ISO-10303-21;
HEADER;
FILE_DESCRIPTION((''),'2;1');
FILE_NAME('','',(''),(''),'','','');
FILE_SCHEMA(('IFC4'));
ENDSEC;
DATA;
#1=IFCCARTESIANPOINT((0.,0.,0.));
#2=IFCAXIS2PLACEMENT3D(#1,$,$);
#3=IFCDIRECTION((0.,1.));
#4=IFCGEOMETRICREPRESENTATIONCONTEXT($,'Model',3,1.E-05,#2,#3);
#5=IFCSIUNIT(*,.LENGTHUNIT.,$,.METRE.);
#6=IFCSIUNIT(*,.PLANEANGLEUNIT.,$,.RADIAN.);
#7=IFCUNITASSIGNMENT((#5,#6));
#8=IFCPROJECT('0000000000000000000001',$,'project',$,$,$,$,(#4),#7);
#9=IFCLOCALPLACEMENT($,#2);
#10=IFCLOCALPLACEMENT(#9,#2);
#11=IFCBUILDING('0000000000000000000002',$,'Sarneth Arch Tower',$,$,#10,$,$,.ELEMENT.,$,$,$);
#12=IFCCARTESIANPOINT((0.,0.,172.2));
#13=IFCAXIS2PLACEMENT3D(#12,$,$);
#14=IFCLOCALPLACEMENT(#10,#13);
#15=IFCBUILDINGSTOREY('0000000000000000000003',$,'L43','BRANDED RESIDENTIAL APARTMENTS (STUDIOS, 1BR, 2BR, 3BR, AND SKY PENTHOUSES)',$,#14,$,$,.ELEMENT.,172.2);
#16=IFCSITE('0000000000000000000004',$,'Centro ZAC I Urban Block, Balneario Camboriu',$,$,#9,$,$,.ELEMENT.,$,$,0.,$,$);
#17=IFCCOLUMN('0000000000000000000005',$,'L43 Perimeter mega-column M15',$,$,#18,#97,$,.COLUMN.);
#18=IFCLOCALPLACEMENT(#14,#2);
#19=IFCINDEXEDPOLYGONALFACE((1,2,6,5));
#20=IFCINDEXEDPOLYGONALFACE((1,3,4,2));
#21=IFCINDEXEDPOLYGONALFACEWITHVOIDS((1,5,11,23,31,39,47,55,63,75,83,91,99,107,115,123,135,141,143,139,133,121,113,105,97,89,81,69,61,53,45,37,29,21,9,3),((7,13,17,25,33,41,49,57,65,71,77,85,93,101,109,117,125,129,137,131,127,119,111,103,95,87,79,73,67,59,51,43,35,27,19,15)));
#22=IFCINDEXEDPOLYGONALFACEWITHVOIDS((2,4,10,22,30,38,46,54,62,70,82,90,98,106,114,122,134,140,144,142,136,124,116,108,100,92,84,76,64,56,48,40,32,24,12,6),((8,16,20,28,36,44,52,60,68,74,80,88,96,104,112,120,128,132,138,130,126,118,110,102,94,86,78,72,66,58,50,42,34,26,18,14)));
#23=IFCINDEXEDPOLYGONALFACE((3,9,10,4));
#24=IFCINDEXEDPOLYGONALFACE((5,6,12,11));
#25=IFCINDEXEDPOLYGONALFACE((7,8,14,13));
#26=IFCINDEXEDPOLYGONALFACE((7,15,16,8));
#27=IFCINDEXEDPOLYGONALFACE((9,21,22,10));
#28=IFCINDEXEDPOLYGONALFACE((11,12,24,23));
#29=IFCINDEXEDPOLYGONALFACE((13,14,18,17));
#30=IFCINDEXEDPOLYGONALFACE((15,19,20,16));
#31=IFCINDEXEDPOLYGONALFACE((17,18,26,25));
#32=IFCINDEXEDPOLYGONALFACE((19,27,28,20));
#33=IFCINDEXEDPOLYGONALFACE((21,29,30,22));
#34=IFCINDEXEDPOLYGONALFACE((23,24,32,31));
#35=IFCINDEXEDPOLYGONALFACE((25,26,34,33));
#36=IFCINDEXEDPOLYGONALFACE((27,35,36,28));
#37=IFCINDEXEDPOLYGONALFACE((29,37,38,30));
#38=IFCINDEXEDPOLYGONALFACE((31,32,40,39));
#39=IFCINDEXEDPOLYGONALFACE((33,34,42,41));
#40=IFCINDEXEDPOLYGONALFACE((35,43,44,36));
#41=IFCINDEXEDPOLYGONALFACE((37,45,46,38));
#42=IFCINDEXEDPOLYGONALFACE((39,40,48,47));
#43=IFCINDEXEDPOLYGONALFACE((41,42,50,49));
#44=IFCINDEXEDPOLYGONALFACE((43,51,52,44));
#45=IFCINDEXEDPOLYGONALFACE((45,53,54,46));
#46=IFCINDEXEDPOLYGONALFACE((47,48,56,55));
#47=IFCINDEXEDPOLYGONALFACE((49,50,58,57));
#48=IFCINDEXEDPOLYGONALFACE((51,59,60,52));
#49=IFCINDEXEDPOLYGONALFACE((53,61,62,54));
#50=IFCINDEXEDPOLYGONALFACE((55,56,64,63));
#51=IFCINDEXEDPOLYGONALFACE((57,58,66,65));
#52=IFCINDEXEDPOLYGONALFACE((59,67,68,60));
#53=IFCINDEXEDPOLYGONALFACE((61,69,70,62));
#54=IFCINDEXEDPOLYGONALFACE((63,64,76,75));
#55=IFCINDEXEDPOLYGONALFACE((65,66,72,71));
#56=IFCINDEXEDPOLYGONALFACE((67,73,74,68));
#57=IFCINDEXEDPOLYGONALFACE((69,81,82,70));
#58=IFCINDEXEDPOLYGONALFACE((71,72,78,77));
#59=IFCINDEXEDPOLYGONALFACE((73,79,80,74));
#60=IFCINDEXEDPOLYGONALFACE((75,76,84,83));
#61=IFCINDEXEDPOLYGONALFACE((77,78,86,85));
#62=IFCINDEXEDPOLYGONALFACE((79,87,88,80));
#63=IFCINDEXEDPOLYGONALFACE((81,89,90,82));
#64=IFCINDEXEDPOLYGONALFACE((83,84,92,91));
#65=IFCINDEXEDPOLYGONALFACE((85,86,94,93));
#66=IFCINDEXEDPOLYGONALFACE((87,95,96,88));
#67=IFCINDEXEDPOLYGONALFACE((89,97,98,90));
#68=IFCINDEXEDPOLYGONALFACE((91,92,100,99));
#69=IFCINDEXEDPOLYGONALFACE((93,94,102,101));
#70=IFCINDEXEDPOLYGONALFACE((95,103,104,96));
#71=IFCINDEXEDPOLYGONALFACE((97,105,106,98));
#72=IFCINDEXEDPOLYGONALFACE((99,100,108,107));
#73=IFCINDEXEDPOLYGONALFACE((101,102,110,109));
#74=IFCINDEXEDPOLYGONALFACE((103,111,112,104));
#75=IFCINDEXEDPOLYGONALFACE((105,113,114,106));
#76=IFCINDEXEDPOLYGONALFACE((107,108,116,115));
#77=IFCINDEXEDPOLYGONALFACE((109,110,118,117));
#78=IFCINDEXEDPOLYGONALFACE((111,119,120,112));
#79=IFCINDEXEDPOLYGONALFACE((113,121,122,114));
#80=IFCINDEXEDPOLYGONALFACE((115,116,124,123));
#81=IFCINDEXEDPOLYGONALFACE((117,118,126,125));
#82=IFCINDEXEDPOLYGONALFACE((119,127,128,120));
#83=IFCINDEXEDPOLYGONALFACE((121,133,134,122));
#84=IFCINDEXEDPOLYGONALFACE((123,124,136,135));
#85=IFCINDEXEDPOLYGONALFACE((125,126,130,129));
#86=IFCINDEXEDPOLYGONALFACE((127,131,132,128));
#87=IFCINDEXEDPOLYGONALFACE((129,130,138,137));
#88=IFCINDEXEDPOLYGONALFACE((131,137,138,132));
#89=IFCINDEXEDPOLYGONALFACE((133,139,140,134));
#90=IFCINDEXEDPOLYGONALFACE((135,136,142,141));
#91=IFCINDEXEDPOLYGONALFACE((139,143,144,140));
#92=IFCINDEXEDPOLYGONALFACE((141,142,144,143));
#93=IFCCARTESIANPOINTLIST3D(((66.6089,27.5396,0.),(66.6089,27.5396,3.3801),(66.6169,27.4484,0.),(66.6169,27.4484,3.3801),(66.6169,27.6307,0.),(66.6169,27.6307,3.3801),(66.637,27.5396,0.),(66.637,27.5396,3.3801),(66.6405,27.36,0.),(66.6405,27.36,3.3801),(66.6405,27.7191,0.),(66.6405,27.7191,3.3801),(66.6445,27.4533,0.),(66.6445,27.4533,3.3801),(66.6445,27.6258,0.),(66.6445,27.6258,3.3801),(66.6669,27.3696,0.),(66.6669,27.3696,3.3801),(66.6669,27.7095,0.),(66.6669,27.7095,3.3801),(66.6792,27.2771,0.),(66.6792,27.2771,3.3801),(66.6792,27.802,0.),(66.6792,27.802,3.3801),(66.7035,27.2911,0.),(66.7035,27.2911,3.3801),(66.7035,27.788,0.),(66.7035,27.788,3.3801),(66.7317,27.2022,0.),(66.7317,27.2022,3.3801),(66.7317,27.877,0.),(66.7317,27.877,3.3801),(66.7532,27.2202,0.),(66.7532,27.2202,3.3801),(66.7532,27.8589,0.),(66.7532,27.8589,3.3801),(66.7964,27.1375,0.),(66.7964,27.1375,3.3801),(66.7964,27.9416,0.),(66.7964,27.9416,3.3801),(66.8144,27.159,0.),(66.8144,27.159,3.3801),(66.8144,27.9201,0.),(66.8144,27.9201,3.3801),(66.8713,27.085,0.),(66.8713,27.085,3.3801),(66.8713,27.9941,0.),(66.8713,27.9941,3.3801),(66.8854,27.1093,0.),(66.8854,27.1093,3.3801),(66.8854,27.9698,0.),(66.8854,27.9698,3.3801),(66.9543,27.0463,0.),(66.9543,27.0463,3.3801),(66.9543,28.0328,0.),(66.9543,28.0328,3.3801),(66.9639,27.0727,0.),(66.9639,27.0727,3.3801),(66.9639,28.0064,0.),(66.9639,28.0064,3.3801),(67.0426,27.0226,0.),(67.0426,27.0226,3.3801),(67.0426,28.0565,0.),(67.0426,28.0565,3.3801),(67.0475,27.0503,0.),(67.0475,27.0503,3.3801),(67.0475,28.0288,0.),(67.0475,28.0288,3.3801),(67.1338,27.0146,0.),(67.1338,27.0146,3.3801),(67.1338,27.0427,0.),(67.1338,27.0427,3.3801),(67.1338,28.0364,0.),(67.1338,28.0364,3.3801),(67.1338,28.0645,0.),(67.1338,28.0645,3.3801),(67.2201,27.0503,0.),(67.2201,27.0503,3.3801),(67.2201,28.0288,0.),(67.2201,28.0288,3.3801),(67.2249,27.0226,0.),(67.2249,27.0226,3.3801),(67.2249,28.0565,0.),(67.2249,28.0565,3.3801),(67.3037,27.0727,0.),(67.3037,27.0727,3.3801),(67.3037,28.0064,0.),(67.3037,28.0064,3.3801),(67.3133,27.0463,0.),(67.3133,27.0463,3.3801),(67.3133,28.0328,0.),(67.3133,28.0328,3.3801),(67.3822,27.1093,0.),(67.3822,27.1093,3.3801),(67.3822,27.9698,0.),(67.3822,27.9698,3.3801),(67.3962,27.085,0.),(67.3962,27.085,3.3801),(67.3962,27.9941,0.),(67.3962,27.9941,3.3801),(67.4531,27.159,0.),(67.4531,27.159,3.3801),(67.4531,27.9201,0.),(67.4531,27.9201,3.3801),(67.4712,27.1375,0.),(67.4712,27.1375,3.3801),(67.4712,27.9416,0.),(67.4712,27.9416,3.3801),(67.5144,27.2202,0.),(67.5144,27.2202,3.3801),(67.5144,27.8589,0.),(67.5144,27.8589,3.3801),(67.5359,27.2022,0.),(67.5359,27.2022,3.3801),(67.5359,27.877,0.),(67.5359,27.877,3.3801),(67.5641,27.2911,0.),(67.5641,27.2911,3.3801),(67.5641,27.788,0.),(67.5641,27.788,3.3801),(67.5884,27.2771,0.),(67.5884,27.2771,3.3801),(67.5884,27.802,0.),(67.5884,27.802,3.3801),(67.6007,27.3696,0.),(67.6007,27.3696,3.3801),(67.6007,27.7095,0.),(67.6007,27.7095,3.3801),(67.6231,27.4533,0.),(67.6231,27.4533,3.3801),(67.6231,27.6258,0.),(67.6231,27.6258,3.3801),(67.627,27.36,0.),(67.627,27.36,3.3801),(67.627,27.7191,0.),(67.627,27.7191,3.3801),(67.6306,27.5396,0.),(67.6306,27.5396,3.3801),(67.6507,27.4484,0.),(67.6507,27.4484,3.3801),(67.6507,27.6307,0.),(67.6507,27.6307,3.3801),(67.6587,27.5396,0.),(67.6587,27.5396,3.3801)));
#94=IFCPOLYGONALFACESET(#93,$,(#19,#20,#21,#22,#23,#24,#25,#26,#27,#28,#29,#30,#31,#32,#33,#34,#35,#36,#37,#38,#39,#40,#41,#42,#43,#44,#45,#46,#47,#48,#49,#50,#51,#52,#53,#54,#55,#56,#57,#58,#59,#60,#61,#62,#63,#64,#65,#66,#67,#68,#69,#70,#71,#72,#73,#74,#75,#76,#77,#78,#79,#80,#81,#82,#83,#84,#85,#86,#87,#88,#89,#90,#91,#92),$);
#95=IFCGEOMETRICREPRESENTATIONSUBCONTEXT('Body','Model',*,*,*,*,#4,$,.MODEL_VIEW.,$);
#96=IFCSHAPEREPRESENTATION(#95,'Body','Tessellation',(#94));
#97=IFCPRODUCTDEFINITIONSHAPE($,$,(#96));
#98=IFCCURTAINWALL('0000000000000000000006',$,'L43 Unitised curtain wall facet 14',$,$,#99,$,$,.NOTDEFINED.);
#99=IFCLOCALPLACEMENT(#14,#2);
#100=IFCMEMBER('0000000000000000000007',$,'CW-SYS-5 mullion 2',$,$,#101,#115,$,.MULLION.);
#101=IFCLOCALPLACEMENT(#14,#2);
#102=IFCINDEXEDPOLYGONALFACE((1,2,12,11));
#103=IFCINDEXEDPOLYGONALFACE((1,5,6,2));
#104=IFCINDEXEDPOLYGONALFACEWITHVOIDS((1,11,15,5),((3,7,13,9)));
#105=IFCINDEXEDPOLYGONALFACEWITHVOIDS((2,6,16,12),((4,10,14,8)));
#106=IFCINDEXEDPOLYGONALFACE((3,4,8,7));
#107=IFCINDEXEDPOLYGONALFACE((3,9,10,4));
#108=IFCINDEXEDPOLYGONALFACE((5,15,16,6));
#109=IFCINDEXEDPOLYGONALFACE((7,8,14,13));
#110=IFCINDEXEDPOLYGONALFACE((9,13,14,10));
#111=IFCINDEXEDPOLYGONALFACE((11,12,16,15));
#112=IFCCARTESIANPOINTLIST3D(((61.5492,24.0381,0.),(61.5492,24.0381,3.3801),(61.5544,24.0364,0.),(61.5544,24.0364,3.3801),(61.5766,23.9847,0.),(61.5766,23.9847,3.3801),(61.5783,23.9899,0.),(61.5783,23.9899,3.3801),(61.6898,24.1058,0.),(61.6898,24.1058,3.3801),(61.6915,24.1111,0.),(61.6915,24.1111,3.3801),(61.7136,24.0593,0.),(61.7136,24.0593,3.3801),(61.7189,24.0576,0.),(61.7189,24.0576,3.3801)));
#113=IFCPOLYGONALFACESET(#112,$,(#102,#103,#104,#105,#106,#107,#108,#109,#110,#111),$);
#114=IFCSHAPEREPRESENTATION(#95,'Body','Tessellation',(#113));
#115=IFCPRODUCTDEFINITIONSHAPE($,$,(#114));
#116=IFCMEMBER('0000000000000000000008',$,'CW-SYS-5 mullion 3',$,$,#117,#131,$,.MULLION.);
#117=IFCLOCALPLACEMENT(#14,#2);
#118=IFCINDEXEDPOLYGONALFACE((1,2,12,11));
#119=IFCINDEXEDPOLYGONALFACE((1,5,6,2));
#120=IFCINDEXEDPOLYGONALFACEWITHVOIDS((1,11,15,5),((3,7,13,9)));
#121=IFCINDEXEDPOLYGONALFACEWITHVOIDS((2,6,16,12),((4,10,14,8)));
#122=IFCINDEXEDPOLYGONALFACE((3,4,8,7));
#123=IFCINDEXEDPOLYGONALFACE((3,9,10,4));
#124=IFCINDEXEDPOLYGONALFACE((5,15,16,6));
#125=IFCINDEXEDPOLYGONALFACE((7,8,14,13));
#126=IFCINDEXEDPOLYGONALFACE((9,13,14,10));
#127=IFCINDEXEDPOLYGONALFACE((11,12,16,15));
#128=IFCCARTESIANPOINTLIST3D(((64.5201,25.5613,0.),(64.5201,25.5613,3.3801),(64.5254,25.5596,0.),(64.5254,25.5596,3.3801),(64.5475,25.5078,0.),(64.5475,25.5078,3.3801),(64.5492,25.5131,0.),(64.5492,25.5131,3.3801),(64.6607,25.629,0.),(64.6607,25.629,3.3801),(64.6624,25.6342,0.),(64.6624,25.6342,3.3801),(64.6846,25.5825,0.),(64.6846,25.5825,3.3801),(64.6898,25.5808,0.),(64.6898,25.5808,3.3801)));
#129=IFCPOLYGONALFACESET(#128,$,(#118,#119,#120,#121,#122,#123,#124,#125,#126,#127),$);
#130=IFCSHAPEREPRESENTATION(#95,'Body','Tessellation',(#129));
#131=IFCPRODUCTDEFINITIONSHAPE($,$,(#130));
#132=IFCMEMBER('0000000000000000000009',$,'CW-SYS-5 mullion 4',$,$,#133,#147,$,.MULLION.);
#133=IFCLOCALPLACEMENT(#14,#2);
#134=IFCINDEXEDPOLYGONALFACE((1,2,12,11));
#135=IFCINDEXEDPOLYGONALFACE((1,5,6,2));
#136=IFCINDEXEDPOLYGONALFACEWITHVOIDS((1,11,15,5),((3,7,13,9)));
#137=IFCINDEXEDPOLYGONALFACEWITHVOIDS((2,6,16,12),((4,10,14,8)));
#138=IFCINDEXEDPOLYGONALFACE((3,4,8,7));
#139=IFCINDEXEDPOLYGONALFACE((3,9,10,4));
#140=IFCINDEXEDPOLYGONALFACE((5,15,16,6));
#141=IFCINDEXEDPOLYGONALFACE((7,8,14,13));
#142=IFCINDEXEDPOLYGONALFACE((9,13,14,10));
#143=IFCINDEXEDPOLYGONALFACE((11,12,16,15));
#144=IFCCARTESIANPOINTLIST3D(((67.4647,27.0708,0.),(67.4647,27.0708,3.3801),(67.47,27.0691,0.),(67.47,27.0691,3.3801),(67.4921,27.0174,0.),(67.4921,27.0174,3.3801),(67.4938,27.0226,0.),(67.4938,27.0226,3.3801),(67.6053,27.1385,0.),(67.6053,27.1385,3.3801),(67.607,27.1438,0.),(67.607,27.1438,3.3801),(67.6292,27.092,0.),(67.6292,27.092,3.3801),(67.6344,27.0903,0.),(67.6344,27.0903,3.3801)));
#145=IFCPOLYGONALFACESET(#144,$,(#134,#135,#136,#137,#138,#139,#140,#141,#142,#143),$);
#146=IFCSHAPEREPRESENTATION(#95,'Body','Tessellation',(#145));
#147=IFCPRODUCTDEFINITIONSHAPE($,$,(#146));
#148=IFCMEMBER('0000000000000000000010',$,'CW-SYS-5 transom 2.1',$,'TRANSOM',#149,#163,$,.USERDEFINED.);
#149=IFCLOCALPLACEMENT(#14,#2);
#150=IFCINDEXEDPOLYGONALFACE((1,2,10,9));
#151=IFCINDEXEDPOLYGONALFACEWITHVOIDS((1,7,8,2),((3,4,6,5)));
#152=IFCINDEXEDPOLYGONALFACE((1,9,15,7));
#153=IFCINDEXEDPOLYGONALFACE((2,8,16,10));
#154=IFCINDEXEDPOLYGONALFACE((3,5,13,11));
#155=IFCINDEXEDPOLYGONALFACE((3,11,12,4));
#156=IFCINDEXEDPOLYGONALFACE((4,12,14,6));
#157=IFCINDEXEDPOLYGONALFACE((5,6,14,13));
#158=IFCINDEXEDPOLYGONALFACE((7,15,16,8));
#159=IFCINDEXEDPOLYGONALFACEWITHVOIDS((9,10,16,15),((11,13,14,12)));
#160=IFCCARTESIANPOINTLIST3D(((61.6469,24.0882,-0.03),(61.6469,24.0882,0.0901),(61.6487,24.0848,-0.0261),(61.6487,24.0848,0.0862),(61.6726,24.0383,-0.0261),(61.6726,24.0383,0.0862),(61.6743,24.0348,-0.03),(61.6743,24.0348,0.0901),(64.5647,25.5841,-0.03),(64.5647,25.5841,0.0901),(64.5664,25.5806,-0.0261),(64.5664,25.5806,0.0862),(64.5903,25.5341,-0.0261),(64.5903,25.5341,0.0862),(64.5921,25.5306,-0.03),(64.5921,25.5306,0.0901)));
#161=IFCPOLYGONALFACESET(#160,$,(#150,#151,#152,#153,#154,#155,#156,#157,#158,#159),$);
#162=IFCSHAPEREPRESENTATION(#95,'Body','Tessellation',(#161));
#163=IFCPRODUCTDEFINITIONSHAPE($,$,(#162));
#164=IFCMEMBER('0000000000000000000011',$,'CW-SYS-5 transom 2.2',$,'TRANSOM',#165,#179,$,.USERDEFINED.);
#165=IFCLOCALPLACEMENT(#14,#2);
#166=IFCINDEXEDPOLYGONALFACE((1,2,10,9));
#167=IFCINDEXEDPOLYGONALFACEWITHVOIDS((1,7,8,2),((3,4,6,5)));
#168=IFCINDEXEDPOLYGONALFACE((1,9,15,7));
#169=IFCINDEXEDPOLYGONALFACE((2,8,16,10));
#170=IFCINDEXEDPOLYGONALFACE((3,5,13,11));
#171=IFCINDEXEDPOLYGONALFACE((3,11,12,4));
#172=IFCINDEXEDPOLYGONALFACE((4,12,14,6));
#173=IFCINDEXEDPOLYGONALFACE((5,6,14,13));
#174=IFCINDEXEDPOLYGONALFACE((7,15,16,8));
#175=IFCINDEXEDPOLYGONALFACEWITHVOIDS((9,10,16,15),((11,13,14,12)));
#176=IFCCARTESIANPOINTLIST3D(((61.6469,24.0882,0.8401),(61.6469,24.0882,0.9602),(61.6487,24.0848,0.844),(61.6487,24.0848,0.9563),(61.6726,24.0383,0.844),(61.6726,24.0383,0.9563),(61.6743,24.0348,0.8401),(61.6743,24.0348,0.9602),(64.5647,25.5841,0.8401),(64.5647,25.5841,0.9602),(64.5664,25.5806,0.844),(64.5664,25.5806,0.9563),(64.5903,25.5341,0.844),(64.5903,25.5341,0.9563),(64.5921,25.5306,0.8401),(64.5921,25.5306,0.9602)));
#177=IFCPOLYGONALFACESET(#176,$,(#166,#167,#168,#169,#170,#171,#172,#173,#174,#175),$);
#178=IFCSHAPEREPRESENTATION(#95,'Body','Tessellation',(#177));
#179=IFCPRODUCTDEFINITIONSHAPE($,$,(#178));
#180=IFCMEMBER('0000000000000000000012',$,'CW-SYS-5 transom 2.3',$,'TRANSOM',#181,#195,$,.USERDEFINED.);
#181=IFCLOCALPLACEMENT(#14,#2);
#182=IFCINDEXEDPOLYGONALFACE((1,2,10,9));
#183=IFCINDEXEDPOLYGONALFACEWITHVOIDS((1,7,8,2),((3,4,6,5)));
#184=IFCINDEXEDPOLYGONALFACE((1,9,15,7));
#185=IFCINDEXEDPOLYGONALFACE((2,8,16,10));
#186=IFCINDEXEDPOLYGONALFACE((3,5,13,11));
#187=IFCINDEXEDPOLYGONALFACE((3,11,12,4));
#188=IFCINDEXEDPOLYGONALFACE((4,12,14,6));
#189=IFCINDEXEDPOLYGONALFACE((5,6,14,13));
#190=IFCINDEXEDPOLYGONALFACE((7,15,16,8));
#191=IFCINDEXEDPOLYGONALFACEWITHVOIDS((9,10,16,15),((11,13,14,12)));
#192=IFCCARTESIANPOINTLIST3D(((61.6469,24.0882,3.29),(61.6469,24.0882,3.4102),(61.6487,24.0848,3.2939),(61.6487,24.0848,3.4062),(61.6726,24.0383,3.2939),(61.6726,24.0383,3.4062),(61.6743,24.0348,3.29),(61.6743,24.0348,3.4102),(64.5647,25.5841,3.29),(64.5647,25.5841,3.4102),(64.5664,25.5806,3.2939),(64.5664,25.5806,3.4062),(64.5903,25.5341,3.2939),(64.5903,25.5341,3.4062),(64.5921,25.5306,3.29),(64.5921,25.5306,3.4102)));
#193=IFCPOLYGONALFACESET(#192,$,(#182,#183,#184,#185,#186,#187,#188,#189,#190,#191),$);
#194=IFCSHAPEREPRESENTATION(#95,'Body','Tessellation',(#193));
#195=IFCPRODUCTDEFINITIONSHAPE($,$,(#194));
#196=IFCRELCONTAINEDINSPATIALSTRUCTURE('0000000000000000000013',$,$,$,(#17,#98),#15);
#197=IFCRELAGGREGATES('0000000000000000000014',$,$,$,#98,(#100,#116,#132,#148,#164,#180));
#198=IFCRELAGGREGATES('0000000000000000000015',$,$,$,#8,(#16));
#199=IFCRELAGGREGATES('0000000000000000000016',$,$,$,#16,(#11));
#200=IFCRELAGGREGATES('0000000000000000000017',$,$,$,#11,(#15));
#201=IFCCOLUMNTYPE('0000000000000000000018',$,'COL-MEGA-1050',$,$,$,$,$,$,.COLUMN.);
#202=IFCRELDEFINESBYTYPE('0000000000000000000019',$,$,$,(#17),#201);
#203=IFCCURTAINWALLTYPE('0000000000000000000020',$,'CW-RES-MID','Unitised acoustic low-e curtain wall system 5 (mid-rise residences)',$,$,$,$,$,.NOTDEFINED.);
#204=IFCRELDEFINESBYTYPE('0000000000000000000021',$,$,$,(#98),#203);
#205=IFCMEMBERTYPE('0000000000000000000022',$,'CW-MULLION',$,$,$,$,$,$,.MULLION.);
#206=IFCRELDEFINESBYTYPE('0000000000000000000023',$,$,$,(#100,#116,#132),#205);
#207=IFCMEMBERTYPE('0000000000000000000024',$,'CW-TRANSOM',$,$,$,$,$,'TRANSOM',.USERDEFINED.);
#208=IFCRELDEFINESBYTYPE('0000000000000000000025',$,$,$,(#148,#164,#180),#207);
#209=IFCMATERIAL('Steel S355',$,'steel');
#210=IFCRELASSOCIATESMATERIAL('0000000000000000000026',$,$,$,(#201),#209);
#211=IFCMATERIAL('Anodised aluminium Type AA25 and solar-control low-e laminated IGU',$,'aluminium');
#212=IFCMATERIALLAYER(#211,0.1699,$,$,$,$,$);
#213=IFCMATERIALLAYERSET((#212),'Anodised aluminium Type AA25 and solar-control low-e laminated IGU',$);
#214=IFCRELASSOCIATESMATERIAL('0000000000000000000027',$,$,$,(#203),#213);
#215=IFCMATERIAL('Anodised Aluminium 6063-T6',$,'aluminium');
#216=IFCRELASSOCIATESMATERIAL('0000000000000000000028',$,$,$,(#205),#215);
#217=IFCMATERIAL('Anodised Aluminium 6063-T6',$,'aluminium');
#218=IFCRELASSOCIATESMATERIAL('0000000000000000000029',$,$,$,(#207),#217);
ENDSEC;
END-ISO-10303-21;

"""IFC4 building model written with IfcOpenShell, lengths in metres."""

from ifc_helpers import new_model, si_unit, direction, frame, origin, origin_2d, place, context, subcontext, project, spatial, hollow_rectangle, hollow_circle, extrude, material, layer, layer_set, material_profile, profile_set, type_object, element, aggregate, save


model = new_model("IFC4")

# Units and contexts
model_context = context("Model", 3, precision=1e-05, world=origin(), true_north=direction((0.0, 1.0)))
body_context = subcontext(model_context, "Body", "Model", "MODEL_VIEW")
ifc_project = project(units=[si_unit("LENGTHUNIT", "METRE"), si_unit("PLANEANGLEUNIT", "RADIAN")], contexts=[model_context])

# Site, building, storey
site_placement = place(None, origin())
site = spatial("IfcSite", under=ifc_project, at=site_placement, Name="Centro ZAC I Urban Block, Balneario Camboriu", CompositionType="ELEMENT", RefElevation=0.0)
building_placement = place(site_placement, origin())
building = spatial("IfcBuilding", under=site, at=building_placement, Name="Sarneth Arch Tower", CompositionType="ELEMENT")
storey_placement = place(building_placement, frame((0.0, 0.0, 172.2)))
storey = spatial("IfcBuildingStorey", under=building, at=storey_placement, Name="L43", Description="BRANDED RESIDENTIAL APARTMENTS (STUDIOS, 1BR, 2BR, 3BR, AND SKY PENTHOUSES)", CompositionType="ELEMENT", Elevation=172.2)

# Column
ifc_material_1 = material(Name="Steel S355", Category="steel")
ifc_material_profile_1 = material_profile(ifc_material_1, hollow_circle(Radius=0.5249, WallThickness=0.0281, at=origin_2d()), Name="CHS1050x28")
ifc_profile_set_1 = profile_set([ifc_material_profile_1], Name="Steel S355")
column_type = type_object("IfcColumnType", Name="COL-MEGA-1050", PredefinedType="COLUMN", material=ifc_profile_set_1)
column_placement = place(storey_placement, frame((67.1338, 27.5396, 0.0), z_axis=(0.0, 0.0, 1.0), x_axis=(1.0, 0.0, 0.0)))
element("IfcColumn", 1, at=column_placement, inside=storey, type_object=column_type, Name="L43 Perimeter mega-column M15", PredefinedType="COLUMN", context=body_context, shape_type="SweptSolid", body=[
    extrude(hollow_circle(Radius=0.5249, WallThickness=0.0281, at=origin_2d()), origin(), (0.0, 0.0, 1.0), 3.3801),
])

# Curtain wall, members
ifc_material_2 = material(Name="Anodised aluminium Type AA25 and solar-control low-e laminated IGU", Category="aluminium")
ifc_layer_1 = layer(ifc_material_2, 0.1699)
ifc_layer_set_1 = layer_set([ifc_layer_1], Name="Anodised aluminium Type AA25 and solar-control low-e laminated IGU")
curtain_wall_type = type_object("IfcCurtainWallType", Name="CW-RES-MID", Description="Unitised acoustic low-e curtain wall system 5 (mid-rise residences)", PredefinedType="NOTDEFINED", material=ifc_layer_set_1)
curtain_wall_placement = place(storey_placement, origin())
curtain_wall = element("IfcCurtainWall", 2, at=curtain_wall_placement, inside=storey, type_object=curtain_wall_type, Name="L43 Unitised curtain wall facet 14", PredefinedType="NOTDEFINED")
ifc_material_3 = material(Name="Anodised Aluminium 6063-T6", Category="aluminium")
ifc_material_profile_2 = material_profile(ifc_material_3, hollow_rectangle(XDim=0.0601, YDim=0.1599, WallThickness=0.0039, at=origin_2d()), Name="AL-MULL-160x60x4")
ifc_profile_set_2 = profile_set([ifc_material_profile_2], Name="Anodised Aluminium 6063-T6")
member_type_1 = type_object("IfcMemberType", Name="CW-MULLION", PredefinedType="MULLION", material=ifc_profile_set_2)
member_1_placement = place(storey_placement, frame((61.634, 24.0479, 0.0), z_axis=(0.0, 0.0, 1.0), x_axis=(-0.456208, 0.889873, 0.0)))
member_1 = element("IfcMember", 3, at=member_1_placement, type_object=member_type_1, Name="CW-SYS-5 mullion 2", PredefinedType="MULLION", context=body_context, shape_type="SweptSolid", body=[
    extrude(hollow_rectangle(XDim=0.0601, YDim=0.1599, WallThickness=0.0039, at=origin_2d()), origin(), (0.0, 0.0, 1.0), 3.3801),
])
member_2_placement = place(storey_placement, frame((64.605, 25.571, 0.0), z_axis=(0.0, 0.0, 1.0), x_axis=(-0.456208, 0.889873, 0.0)))
member_2 = element("IfcMember", 4, at=member_2_placement, type_object=member_type_1, Name="CW-SYS-5 mullion 3", PredefinedType="MULLION", context=body_context, shape_type="SweptSolid", body=[
    extrude(hollow_rectangle(XDim=0.0601, YDim=0.1599, WallThickness=0.0039, at=origin_2d()), origin(), (0.0, 0.0, 1.0), 3.3801),
])
member_3_placement = place(storey_placement, frame((67.5496, 27.0806, 0.0), z_axis=(0.0, 0.0, 1.0), x_axis=(-0.456208, 0.889873, 0.0)))
member_3 = element("IfcMember", 5, at=member_3_placement, type_object=member_type_1, Name="CW-SYS-5 mullion 4", PredefinedType="MULLION", context=body_context, shape_type="SweptSolid", body=[
    extrude(hollow_rectangle(XDim=0.0601, YDim=0.1599, WallThickness=0.0039, at=origin_2d()), origin(), (0.0, 0.0, 1.0), 3.3801),
])
ifc_material_4 = material(Name="Anodised Aluminium 6063-T6", Category="aluminium")
ifc_material_profile_3 = material_profile(ifc_material_4, hollow_rectangle(XDim=0.0601, YDim=0.1201, WallThickness=0.0039, at=origin_2d()), Name="AL-TRAN-120x60x4")
ifc_profile_set_3 = profile_set([ifc_material_profile_3], Name="Anodised Aluminium 6063-T6")
member_type_2 = type_object("IfcMemberType", Name="CW-TRANSOM", ElementType="TRANSOM", PredefinedType="USERDEFINED", material=ifc_profile_set_3)
member_4_placement = place(storey_placement, frame((61.6606, 24.0615, 0.03), z_axis=(0.889869, 0.456215, 0.0), x_axis=(-0.456215, 0.889869, 0.0)))
member_4 = element("IfcMember", 6, at=member_4_placement, type_object=member_type_2, Name="CW-SYS-5 transom 2.1", ObjectType="TRANSOM", PredefinedType="USERDEFINED", context=body_context, shape_type="SweptSolid", body=[
    extrude(hollow_rectangle(XDim=0.0601, YDim=0.1201, WallThickness=0.0039, at=origin_2d()), origin(), (0.0, 0.0, 1.0), 3.2788),
])
member_5_placement = place(storey_placement, frame((61.6606, 24.0615, 0.9001), z_axis=(0.889869, 0.456215, 0.0), x_axis=(-0.456215, 0.889869, 0.0)))
member_5 = element("IfcMember", 7, at=member_5_placement, type_object=member_type_2, Name="CW-SYS-5 transom 2.2", ObjectType="TRANSOM", PredefinedType="USERDEFINED", context=body_context, shape_type="SweptSolid", body=[
    extrude(hollow_rectangle(XDim=0.0601, YDim=0.1201, WallThickness=0.0039, at=origin_2d()), origin(), (0.0, 0.0, 1.0), 3.2788),
])
member_6_placement = place(storey_placement, frame((61.6606, 24.0615, 3.3501), z_axis=(0.889869, 0.456215, 0.0), x_axis=(-0.456215, 0.889869, 0.0)))
member_6 = element("IfcMember", 8, at=member_6_placement, type_object=member_type_2, Name="CW-SYS-5 transom 2.3", ObjectType="TRANSOM", PredefinedType="USERDEFINED", context=body_context, shape_type="SweptSolid", body=[
    extrude(hollow_rectangle(XDim=0.0601, YDim=0.1201, WallThickness=0.0039, at=origin_2d()), origin(), (0.0, 0.0, 1.0), 3.2788),
])

aggregate(curtain_wall, [member_1, member_2, member_3, member_4, member_5, member_6])

save(model, "model.ifc")
